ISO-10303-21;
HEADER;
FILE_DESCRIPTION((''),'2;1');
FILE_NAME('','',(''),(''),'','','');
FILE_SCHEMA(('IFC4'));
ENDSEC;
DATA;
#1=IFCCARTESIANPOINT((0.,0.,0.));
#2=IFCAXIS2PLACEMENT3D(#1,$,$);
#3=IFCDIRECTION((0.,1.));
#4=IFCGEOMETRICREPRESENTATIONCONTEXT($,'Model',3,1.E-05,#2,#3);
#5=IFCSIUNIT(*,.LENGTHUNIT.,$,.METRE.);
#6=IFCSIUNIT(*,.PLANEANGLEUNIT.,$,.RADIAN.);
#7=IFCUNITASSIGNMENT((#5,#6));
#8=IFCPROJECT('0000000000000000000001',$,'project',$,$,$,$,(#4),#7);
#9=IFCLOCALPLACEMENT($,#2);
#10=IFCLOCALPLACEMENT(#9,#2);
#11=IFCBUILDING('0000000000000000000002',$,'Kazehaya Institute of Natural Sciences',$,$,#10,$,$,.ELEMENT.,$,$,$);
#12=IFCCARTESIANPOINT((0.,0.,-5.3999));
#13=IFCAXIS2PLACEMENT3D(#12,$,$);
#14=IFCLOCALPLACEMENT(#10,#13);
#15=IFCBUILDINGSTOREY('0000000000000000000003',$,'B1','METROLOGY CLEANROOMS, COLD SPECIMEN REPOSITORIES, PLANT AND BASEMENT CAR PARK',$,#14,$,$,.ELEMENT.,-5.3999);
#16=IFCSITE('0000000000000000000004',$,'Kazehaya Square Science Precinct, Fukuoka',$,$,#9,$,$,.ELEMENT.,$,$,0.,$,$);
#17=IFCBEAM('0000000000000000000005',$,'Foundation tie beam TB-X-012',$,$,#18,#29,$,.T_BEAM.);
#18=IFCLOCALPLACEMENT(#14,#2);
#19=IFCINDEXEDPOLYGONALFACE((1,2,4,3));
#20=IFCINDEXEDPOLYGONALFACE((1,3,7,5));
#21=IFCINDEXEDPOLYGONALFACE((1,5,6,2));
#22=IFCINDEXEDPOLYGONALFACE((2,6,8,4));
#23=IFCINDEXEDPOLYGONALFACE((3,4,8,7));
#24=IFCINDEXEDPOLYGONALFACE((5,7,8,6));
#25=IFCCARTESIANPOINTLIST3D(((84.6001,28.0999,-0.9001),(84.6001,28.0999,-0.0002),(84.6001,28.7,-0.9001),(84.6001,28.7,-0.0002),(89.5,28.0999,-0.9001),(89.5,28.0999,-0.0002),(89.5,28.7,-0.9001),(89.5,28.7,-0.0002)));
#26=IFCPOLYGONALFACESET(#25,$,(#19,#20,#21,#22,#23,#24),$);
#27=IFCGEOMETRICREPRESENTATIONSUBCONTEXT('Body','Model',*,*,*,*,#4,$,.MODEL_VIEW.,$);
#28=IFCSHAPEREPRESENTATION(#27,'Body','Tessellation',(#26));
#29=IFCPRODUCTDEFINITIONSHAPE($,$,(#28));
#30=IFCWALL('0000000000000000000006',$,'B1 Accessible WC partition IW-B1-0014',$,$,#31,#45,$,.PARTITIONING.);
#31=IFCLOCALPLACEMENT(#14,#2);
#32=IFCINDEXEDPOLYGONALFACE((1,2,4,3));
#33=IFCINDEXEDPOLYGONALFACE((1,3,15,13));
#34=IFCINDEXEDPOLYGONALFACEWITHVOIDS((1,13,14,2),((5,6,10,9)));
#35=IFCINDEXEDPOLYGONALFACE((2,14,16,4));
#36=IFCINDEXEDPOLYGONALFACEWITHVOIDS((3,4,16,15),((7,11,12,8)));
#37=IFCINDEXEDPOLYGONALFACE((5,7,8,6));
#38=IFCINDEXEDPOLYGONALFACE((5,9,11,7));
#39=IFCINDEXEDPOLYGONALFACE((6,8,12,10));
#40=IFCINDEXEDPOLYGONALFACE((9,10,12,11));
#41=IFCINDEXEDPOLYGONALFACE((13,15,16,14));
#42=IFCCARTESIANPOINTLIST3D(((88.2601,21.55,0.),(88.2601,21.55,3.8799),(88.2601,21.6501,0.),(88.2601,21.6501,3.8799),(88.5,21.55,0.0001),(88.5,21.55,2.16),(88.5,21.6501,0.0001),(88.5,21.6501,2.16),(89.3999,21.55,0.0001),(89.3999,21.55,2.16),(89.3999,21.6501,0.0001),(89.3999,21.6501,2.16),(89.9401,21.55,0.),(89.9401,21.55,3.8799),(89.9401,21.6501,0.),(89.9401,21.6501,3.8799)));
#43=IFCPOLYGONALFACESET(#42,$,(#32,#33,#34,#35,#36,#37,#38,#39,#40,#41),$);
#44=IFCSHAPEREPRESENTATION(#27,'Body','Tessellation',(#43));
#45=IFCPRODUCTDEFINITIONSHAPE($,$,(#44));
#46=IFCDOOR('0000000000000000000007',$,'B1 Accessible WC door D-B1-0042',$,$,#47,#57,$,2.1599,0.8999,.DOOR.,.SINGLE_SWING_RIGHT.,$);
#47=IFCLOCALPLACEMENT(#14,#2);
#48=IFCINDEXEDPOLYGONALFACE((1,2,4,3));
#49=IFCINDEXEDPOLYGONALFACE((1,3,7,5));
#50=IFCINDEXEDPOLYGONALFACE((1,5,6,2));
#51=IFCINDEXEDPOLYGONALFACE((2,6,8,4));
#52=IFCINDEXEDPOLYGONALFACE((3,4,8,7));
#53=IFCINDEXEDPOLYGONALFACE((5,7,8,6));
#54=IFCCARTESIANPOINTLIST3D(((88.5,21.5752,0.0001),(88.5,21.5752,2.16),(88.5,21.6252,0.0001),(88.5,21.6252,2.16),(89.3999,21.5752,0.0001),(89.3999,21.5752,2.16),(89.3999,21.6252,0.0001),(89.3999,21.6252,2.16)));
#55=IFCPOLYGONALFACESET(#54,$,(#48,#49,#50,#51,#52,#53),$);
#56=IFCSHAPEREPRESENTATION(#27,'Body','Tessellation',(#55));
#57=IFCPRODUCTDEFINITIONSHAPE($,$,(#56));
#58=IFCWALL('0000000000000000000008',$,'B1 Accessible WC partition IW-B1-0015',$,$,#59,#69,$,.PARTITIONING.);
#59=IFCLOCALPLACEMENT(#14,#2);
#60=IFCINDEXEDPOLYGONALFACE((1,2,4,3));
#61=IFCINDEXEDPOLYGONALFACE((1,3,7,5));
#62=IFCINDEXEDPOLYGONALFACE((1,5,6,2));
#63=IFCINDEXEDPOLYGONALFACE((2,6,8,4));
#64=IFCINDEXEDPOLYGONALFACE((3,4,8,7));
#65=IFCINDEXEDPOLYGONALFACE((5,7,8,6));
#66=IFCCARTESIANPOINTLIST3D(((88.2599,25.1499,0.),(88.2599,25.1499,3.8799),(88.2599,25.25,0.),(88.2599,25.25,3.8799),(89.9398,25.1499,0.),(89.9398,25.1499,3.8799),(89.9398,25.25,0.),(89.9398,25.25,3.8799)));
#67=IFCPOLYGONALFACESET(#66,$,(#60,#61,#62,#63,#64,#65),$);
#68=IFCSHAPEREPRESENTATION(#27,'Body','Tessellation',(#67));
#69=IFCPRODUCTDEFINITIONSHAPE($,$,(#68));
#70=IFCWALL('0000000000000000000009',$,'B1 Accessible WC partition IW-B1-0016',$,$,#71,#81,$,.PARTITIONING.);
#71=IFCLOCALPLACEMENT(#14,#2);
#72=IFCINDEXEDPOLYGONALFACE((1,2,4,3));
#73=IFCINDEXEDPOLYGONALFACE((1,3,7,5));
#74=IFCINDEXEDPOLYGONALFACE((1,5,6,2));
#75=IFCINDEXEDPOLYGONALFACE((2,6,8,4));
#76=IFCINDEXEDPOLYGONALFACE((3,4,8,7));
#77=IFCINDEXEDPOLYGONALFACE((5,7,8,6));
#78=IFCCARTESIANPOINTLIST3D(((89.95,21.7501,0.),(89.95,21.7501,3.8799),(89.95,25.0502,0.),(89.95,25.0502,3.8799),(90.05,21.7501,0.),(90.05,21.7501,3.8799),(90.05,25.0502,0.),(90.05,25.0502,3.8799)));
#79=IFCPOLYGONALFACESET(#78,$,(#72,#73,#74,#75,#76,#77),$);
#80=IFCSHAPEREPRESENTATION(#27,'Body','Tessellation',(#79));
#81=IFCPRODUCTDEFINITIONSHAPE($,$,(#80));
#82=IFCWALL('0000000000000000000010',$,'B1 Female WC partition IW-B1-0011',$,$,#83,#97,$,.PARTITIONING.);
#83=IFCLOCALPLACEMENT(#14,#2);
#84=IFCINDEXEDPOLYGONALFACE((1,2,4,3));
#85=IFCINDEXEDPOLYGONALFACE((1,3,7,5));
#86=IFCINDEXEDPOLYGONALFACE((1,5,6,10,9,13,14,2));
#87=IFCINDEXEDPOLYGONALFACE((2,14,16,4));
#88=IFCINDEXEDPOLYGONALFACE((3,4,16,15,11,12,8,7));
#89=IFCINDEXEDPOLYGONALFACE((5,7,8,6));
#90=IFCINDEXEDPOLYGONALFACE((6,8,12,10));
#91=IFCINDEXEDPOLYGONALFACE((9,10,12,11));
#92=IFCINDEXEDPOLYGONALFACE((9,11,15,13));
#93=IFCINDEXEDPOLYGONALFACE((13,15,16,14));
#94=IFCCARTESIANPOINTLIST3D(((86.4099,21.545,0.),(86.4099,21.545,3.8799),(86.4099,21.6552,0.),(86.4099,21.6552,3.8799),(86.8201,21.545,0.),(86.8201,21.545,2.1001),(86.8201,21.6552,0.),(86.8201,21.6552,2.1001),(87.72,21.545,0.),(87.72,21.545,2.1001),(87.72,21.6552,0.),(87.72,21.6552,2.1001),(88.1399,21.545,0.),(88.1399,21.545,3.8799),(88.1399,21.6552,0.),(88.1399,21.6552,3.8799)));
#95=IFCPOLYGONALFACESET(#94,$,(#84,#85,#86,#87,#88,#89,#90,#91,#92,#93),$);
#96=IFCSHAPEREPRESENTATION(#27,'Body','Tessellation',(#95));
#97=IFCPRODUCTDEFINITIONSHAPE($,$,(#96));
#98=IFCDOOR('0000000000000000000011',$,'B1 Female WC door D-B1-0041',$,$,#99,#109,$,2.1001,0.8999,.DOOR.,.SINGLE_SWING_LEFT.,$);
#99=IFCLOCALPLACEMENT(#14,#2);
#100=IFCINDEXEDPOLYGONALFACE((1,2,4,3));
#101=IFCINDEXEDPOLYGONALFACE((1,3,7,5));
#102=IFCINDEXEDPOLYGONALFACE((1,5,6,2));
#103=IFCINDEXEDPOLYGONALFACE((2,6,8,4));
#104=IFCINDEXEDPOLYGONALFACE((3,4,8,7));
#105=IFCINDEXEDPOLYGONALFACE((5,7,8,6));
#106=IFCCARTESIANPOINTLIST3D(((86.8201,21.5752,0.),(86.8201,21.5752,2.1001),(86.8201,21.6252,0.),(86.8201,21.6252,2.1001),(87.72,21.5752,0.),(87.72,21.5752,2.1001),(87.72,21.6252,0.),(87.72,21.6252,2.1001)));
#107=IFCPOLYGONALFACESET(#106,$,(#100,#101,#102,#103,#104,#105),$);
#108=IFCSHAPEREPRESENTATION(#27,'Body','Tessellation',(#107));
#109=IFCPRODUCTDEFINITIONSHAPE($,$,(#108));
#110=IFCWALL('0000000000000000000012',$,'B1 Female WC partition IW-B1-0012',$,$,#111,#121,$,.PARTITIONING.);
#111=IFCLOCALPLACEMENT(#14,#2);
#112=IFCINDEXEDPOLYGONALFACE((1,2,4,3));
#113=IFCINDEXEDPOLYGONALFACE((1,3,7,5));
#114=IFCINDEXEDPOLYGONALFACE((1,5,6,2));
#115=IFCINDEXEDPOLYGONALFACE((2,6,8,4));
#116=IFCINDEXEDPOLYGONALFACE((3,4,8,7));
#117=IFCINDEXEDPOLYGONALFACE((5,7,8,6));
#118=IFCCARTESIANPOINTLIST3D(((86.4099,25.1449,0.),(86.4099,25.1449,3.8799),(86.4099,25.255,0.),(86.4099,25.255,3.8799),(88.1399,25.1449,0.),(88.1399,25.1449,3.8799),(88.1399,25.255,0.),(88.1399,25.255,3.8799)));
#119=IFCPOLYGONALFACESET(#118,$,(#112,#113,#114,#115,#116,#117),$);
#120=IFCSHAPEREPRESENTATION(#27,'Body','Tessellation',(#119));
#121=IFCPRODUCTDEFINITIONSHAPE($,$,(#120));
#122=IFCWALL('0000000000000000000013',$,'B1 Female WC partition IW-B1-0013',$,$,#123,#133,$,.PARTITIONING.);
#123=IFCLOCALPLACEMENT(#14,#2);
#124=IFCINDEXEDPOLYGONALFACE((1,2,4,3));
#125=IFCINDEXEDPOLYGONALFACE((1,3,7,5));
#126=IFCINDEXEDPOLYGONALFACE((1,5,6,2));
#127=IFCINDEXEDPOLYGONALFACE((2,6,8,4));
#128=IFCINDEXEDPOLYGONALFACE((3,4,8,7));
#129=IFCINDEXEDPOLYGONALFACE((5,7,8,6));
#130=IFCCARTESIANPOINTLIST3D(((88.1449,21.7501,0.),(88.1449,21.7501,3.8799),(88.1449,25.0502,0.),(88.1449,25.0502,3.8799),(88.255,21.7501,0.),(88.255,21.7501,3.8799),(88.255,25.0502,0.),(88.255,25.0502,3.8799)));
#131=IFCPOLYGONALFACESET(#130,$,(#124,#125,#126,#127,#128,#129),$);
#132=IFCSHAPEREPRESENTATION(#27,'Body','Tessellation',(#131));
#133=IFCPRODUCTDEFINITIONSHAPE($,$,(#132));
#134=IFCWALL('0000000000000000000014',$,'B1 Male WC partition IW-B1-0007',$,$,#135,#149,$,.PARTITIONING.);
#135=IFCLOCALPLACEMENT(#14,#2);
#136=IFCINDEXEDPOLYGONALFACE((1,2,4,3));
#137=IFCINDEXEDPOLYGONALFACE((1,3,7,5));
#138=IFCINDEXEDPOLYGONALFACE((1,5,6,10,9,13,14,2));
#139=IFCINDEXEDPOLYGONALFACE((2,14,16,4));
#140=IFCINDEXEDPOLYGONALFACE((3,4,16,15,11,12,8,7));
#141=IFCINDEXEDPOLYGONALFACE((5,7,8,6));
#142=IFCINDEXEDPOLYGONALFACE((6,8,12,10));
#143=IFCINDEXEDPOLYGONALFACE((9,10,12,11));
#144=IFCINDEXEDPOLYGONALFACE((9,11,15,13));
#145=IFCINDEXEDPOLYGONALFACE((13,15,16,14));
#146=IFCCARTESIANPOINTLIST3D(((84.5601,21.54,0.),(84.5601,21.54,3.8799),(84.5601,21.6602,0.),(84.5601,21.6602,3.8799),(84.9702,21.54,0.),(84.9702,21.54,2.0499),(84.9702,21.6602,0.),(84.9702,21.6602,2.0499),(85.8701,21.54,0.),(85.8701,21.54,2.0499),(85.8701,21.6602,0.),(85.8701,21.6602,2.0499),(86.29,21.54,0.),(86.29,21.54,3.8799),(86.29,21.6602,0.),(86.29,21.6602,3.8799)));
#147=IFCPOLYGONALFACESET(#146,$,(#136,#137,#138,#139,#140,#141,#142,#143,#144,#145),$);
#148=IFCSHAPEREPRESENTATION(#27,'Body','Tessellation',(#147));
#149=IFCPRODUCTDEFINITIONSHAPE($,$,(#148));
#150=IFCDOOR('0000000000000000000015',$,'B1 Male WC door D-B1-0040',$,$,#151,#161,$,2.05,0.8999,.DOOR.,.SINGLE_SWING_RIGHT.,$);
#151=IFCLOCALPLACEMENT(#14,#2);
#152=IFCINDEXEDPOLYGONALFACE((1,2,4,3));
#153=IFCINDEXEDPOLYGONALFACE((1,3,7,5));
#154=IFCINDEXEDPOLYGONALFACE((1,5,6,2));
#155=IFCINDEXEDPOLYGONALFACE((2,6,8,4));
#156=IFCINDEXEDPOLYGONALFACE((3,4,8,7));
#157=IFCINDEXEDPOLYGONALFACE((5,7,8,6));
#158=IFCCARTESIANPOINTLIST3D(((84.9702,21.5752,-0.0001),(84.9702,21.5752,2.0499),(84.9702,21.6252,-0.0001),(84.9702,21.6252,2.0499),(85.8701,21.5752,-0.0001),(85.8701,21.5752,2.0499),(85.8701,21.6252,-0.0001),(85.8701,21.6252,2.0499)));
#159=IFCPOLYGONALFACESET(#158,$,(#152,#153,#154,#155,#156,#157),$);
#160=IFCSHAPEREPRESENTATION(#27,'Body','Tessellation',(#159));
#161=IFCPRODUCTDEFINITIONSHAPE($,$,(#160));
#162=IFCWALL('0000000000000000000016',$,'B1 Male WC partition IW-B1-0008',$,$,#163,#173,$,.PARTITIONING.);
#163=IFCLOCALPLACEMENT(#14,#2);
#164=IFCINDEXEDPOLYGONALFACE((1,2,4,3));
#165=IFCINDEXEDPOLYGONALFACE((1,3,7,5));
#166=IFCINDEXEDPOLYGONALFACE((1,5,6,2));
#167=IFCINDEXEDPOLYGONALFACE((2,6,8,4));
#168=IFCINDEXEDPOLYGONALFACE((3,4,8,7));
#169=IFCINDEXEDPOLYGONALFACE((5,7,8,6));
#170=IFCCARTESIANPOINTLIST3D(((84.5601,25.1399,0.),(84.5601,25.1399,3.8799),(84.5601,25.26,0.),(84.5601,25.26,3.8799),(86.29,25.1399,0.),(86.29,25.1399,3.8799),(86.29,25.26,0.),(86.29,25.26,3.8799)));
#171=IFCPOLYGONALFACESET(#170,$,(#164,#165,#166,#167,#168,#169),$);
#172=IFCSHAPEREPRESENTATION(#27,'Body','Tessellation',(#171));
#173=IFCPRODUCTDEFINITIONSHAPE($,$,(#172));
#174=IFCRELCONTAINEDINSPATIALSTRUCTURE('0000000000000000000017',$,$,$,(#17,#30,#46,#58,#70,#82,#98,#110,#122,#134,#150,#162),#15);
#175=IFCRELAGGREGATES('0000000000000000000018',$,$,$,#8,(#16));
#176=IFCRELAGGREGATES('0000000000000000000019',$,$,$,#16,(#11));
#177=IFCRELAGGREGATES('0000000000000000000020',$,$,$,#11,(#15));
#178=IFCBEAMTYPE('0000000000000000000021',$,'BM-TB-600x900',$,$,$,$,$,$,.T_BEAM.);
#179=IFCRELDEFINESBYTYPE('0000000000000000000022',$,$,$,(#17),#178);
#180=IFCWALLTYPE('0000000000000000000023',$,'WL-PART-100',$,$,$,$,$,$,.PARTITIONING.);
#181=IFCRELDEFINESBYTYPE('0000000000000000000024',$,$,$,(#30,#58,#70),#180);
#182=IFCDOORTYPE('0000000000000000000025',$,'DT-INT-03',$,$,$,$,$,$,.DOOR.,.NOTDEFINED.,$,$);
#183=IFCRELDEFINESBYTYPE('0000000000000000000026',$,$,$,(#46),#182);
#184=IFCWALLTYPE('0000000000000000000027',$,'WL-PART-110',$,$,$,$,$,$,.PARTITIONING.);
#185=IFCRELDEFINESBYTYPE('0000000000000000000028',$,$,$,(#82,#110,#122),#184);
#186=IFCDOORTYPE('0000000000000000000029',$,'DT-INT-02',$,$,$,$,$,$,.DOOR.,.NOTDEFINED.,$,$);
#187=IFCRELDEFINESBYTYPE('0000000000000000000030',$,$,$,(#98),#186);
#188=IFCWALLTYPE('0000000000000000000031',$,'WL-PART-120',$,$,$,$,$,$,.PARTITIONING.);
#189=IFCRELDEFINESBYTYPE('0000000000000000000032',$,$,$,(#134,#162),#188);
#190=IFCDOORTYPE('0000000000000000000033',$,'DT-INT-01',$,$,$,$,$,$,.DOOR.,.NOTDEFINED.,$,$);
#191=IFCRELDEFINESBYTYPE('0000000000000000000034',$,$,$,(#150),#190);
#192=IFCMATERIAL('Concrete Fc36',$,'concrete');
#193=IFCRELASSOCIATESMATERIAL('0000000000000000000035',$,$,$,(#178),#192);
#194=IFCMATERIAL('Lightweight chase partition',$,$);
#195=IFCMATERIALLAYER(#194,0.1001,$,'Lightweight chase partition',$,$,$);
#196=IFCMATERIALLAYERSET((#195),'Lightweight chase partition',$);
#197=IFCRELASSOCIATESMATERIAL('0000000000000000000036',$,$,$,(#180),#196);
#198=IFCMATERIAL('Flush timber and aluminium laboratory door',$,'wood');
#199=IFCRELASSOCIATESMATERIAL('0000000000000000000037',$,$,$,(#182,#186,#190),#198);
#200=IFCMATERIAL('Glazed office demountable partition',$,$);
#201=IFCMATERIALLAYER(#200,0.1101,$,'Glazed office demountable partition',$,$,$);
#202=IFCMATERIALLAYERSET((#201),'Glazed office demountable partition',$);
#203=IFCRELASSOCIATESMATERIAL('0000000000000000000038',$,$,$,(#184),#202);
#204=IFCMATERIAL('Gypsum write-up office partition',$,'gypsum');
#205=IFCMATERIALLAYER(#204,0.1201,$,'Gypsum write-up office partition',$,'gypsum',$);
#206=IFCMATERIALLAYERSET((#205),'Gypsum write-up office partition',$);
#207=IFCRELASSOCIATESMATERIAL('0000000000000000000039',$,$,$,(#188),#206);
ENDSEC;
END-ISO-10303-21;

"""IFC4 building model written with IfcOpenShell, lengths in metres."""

from ifc_helpers import new_model, si_unit, direction, frame, frame_2d, origin, origin_2d, place, context, subcontext, project, spatial, rectangle, extrude, material, layer, layer_set, material_profile, profile_set, type_object, element, fill, save


model = new_model("IFC4")

# Units and contexts
model_context = context("Model", 3, precision=1e-05, world=origin(), true_north=direction((0.0, 1.0)))
body_context = subcontext(model_context, "Body", "Model", "MODEL_VIEW")
ifc_project = project(units=[si_unit("LENGTHUNIT", "METRE"), si_unit("PLANEANGLEUNIT", "RADIAN")], contexts=[model_context])

# Site, building, storey
site_placement = place(None, origin())
site = spatial("IfcSite", under=ifc_project, at=site_placement, Name="Kazehaya Square Science Precinct, Fukuoka", CompositionType="ELEMENT", RefElevation=0.0)
building_placement = place(site_placement, origin())
building = spatial("IfcBuilding", under=site, at=building_placement, Name="Kazehaya Institute of Natural Sciences", CompositionType="ELEMENT")
storey_placement = place(building_placement, frame((0.0, 0.0, -5.3999)))
storey = spatial("IfcBuildingStorey", under=building, at=storey_placement, Name="B1", Description="METROLOGY CLEANROOMS, COLD SPECIMEN REPOSITORIES, PLANT AND BASEMENT CAR PARK", CompositionType="ELEMENT", Elevation=-5.3999)

# Shared definitions
ifc_material_1 = material(Name="Concrete Fc36", Category="concrete")

# Beam
ifc_material_profile_1 = material_profile(ifc_material_1, rectangle(XDim=0.6001, YDim=0.8999, at=origin_2d()), Name="RC-600x900")
ifc_profile_set_1 = profile_set([ifc_material_profile_1], Name="Concrete Fc36")
beam_type_1 = type_object("IfcBeamType", Name="BM-TB-600x900", PredefinedType="T_BEAM", material=ifc_profile_set_1)
beam_placement = place(storey_placement, frame((84.6001, 28.3999, -0.4502), z_axis=(1.0, 0.0, 0.0), x_axis=(0.0, 1.0, 0.0)))
element("IfcBeam", 1, at=beam_placement, inside=storey, type_object=beam_type_1, Name="Foundation tie beam TB-X-012", PredefinedType="T_BEAM", context=body_context, shape_type="SweptSolid", body=[
    extrude(rectangle(XDim=0.6001, YDim=0.8999, at=origin_2d()), origin(), (0.0, 0.0, 1.0), 4.8999),
])

# Wall, opening, door
ifc_material_2 = material(Name="Lightweight chase partition")
ifc_layer_1 = layer(ifc_material_2, 0.1001, Name="Lightweight chase partition")
ifc_layer_set_1 = layer_set([ifc_layer_1], Name="Lightweight chase partition")
wall_type_1 = type_object("IfcWallType", Name="WL-PART-100", PredefinedType="PARTITIONING", material=ifc_layer_set_1)
wall_1_placement = place(storey_placement, frame((89.9399, 21.6001, 0.0), z_axis=(0.0, 0.0, 1.0), x_axis=(-1.0, 0.0, 0.0)))
wall_1 = element("IfcWall", 2, at=wall_1_placement, inside=storey, type_object=wall_type_1, Name="B1 Accessible WC partition IW-B1-0014", PredefinedType="PARTITIONING", context=body_context, shape_type="SweptSolid", body=[
    extrude(rectangle(XDim=1.6799, YDim=0.1001, at=frame_2d((0.8398, 0.0))), origin(), (0.0, 0.0, 1.0), 3.8799),
])
opening_1_placement = place(wall_1_placement, frame((0.54, 0.0, 0.0)))
opening_1 = element("IfcOpeningElement", 3, at=opening_1_placement, cuts=wall_1, PredefinedType="OPENING", context=body_context, shape_type="SweptSolid", body=[
    extrude(rectangle(XDim=0.8999, YDim=2.1599, at=frame_2d((0.45, 1.0801))), frame((0.0, 0.0601, 0.0), z_axis=(0.0, -1.0, 0.0), x_axis=(1.0, 0.0, 0.0)), (0.0, 0.0, 1.0), 0.1201),
])
ifc_material_3 = material(Name="Flush timber and aluminium laboratory door", Category="wood")
door_type_1 = type_object("IfcDoorType", Name="DT-INT-03", OperationType="NOTDEFINED", PredefinedType="DOOR", material=ifc_material_3)
door_1_placement = place(opening_1_placement, origin())
door_1 = element("IfcDoor", 4, at=door_1_placement, inside=storey, type_object=door_type_1, Name="B1 Accessible WC door D-B1-0042", OperationType="SINGLE_SWING_RIGHT", OverallHeight=2.1599, OverallWidth=0.8999, PredefinedType="DOOR", context=body_context, shape_type="SweptSolid", body=[
    extrude(rectangle(XDim=0.8999, YDim=2.1599, at=frame_2d((0.45, 1.0801))), frame((0.0, 0.0249, 0.0), z_axis=(0.0, -1.0, 0.0), x_axis=(1.0, 0.0, 0.0)), (0.0, 0.0, 1.0), 0.05),
])
fill(opening_1, door_1)

# Walls
wall_2_placement = place(storey_placement, frame((88.26, 25.2, 0.0), z_axis=(0.0, 0.0, 1.0), x_axis=(1.0, 0.0, 0.0)))
element("IfcWall", 5, at=wall_2_placement, inside=storey, type_object=wall_type_1, Name="B1 Accessible WC partition IW-B1-0015", PredefinedType="PARTITIONING", context=body_context, shape_type="SweptSolid", body=[
    extrude(rectangle(XDim=1.6799, YDim=0.1001, at=frame_2d((0.8398, 0.0))), origin(), (0.0, 0.0, 1.0), 3.8799),
])
wall_3_placement = place(storey_placement, frame((90.0, 25.05, 0.0), z_axis=(0.0, 0.0, 1.0), x_axis=(0.0, -1.0, 0.0)))
element("IfcWall", 6, at=wall_3_placement, inside=storey, type_object=wall_type_1, Name="B1 Accessible WC partition IW-B1-0016", PredefinedType="PARTITIONING", context=body_context, shape_type="SweptSolid", body=[
    extrude(rectangle(XDim=3.3, YDim=0.1001, at=frame_2d((1.6499, 0.0))), origin(), (0.0, 0.0, 1.0), 3.8799),
])

# Wall, opening, door
ifc_material_4 = material(Name="Glazed office demountable partition")
ifc_layer_2 = layer(ifc_material_4, 0.1101, Name="Glazed office demountable partition")
ifc_layer_set_2 = layer_set([ifc_layer_2], Name="Glazed office demountable partition")
wall_type_2 = type_object("IfcWallType", Name="WL-PART-110", PredefinedType="PARTITIONING", material=ifc_layer_set_2)
wall_4_placement = place(storey_placement, frame((88.1399, 21.6001, 0.0), z_axis=(0.0, 0.0, 1.0), x_axis=(-1.0, 0.0, 0.0)))
wall_4 = element("IfcWall", 7, at=wall_4_placement, inside=storey, type_object=wall_type_2, Name="B1 Female WC partition IW-B1-0011", PredefinedType="PARTITIONING", context=body_context, shape_type="SweptSolid", body=[
    extrude(rectangle(XDim=1.73, YDim=0.1101, at=frame_2d((0.865, 0.0))), origin(), (0.0, 0.0, 1.0), 3.8799),
])
opening_2_placement = place(wall_4_placement, frame((0.4199, 0.0, 0.0)))
opening_2 = element("IfcOpeningElement", 8, at=opening_2_placement, cuts=wall_4, PredefinedType="OPENING", context=body_context, shape_type="SweptSolid", body=[
    extrude(rectangle(XDim=0.8999, YDim=2.1001, at=frame_2d((0.45, 1.05))), frame((0.0, 0.0649, 0.0), z_axis=(0.0, -1.0, 0.0), x_axis=(1.0, 0.0, 0.0)), (0.0, 0.0, 1.0), 0.1301),
])
door_type_2 = type_object("IfcDoorType", Name="DT-INT-02", OperationType="NOTDEFINED", PredefinedType="DOOR", material=ifc_material_3)
door_2_placement = place(opening_2_placement, origin())
door_2 = element("IfcDoor", 9, at=door_2_placement, inside=storey, type_object=door_type_2, Name="B1 Female WC door D-B1-0041", OperationType="SINGLE_SWING_LEFT", OverallHeight=2.1001, OverallWidth=0.8999, PredefinedType="DOOR", context=body_context, shape_type="SweptSolid", body=[
    extrude(rectangle(XDim=0.8999, YDim=2.1001, at=frame_2d((0.45, 1.05))), frame((0.0, 0.0249, 0.0), z_axis=(0.0, -1.0, 0.0), x_axis=(1.0, 0.0, 0.0)), (0.0, 0.0, 1.0), 0.05),
])
fill(opening_2, door_2)

# Walls
wall_5_placement = place(storey_placement, frame((86.4099, 25.2, 0.0), z_axis=(0.0, 0.0, 1.0), x_axis=(1.0, 0.0, 0.0)))
element("IfcWall", 10, at=wall_5_placement, inside=storey, type_object=wall_type_2, Name="B1 Female WC partition IW-B1-0012", PredefinedType="PARTITIONING", context=body_context, shape_type="SweptSolid", body=[
    extrude(rectangle(XDim=1.73, YDim=0.1101, at=frame_2d((0.865, 0.0))), origin(), (0.0, 0.0, 1.0), 3.8799),
])
wall_6_placement = place(storey_placement, frame((88.2, 25.05, 0.0), z_axis=(0.0, 0.0, 1.0), x_axis=(0.0, -1.0, 0.0)))
element("IfcWall", 11, at=wall_6_placement, inside=storey, type_object=wall_type_2, Name="B1 Female WC partition IW-B1-0013", PredefinedType="PARTITIONING", context=body_context, shape_type="SweptSolid", body=[
    extrude(rectangle(XDim=3.3, YDim=0.1101, at=frame_2d((1.6499, 0.0))), origin(), (0.0, 0.0, 1.0), 3.8799),
])

# Wall, opening, door
ifc_material_5 = material(Name="Gypsum write-up office partition", Category="gypsum")
ifc_layer_3 = layer(ifc_material_5, 0.1201, Name="Gypsum write-up office partition", Category="gypsum")
ifc_layer_set_3 = layer_set([ifc_layer_3], Name="Gypsum write-up office partition")
wall_type_3 = type_object("IfcWallType", Name="WL-PART-120", PredefinedType="PARTITIONING", material=ifc_layer_set_3)
wall_7_placement = place(storey_placement, frame((86.29, 21.6001, 0.0), z_axis=(0.0, 0.0, 1.0), x_axis=(-1.0, 0.0, 0.0)))
wall_7 = element("IfcWall", 12, at=wall_7_placement, inside=storey, type_object=wall_type_3, Name="B1 Male WC partition IW-B1-0007", PredefinedType="PARTITIONING", context=body_context, shape_type="SweptSolid", body=[
    extrude(rectangle(XDim=1.73, YDim=0.1201, at=frame_2d((0.865, 0.0))), origin(), (0.0, 0.0, 1.0), 3.8799),
])
opening_3_placement = place(wall_7_placement, frame((0.4199, 0.0, 0.0)))
opening_3 = element("IfcOpeningElement", 13, at=opening_3_placement, cuts=wall_7, PredefinedType="OPENING", context=body_context, shape_type="SweptSolid", body=[
    extrude(rectangle(XDim=0.8999, YDim=2.05, at=frame_2d((0.45, 1.0249))), frame((0.0, 0.0701, 0.0), z_axis=(0.0, -1.0, 0.0), x_axis=(1.0, 0.0, 0.0)), (0.0, 0.0, 1.0), 0.1401),
])
door_type_3 = type_object("IfcDoorType", Name="DT-INT-01", OperationType="NOTDEFINED", PredefinedType="DOOR", material=ifc_material_3)
door_3_placement = place(opening_3_placement, origin())
door_3 = element("IfcDoor", 14, at=door_3_placement, inside=storey, type_object=door_type_3, Name="B1 Male WC door D-B1-0040", OperationType="SINGLE_SWING_RIGHT", OverallHeight=2.05, OverallWidth=0.8999, PredefinedType="DOOR", context=body_context, shape_type="SweptSolid", body=[
    extrude(rectangle(XDim=0.8999, YDim=2.05, at=frame_2d((0.45, 1.0249))), frame((0.0, 0.0249, 0.0), z_axis=(0.0, -1.0, 0.0), x_axis=(1.0, 0.0, 0.0)), (0.0, 0.0, 1.0), 0.05),
])
fill(opening_3, door_3)

# Wall
wall_8_placement = place(storey_placement, frame((84.5601, 25.2, 0.0), z_axis=(0.0, 0.0, 1.0), x_axis=(1.0, 0.0, 0.0)))
element("IfcWall", 15, at=wall_8_placement, inside=storey, type_object=wall_type_3, Name="B1 Male WC partition IW-B1-0008", PredefinedType="PARTITIONING", context=body_context, shape_type="SweptSolid", body=[
    extrude(rectangle(XDim=1.73, YDim=0.1201, at=frame_2d((0.865, 0.0))), origin(), (0.0, 0.0, 1.0), 3.8799),
])

save(model, "model.ifc")
